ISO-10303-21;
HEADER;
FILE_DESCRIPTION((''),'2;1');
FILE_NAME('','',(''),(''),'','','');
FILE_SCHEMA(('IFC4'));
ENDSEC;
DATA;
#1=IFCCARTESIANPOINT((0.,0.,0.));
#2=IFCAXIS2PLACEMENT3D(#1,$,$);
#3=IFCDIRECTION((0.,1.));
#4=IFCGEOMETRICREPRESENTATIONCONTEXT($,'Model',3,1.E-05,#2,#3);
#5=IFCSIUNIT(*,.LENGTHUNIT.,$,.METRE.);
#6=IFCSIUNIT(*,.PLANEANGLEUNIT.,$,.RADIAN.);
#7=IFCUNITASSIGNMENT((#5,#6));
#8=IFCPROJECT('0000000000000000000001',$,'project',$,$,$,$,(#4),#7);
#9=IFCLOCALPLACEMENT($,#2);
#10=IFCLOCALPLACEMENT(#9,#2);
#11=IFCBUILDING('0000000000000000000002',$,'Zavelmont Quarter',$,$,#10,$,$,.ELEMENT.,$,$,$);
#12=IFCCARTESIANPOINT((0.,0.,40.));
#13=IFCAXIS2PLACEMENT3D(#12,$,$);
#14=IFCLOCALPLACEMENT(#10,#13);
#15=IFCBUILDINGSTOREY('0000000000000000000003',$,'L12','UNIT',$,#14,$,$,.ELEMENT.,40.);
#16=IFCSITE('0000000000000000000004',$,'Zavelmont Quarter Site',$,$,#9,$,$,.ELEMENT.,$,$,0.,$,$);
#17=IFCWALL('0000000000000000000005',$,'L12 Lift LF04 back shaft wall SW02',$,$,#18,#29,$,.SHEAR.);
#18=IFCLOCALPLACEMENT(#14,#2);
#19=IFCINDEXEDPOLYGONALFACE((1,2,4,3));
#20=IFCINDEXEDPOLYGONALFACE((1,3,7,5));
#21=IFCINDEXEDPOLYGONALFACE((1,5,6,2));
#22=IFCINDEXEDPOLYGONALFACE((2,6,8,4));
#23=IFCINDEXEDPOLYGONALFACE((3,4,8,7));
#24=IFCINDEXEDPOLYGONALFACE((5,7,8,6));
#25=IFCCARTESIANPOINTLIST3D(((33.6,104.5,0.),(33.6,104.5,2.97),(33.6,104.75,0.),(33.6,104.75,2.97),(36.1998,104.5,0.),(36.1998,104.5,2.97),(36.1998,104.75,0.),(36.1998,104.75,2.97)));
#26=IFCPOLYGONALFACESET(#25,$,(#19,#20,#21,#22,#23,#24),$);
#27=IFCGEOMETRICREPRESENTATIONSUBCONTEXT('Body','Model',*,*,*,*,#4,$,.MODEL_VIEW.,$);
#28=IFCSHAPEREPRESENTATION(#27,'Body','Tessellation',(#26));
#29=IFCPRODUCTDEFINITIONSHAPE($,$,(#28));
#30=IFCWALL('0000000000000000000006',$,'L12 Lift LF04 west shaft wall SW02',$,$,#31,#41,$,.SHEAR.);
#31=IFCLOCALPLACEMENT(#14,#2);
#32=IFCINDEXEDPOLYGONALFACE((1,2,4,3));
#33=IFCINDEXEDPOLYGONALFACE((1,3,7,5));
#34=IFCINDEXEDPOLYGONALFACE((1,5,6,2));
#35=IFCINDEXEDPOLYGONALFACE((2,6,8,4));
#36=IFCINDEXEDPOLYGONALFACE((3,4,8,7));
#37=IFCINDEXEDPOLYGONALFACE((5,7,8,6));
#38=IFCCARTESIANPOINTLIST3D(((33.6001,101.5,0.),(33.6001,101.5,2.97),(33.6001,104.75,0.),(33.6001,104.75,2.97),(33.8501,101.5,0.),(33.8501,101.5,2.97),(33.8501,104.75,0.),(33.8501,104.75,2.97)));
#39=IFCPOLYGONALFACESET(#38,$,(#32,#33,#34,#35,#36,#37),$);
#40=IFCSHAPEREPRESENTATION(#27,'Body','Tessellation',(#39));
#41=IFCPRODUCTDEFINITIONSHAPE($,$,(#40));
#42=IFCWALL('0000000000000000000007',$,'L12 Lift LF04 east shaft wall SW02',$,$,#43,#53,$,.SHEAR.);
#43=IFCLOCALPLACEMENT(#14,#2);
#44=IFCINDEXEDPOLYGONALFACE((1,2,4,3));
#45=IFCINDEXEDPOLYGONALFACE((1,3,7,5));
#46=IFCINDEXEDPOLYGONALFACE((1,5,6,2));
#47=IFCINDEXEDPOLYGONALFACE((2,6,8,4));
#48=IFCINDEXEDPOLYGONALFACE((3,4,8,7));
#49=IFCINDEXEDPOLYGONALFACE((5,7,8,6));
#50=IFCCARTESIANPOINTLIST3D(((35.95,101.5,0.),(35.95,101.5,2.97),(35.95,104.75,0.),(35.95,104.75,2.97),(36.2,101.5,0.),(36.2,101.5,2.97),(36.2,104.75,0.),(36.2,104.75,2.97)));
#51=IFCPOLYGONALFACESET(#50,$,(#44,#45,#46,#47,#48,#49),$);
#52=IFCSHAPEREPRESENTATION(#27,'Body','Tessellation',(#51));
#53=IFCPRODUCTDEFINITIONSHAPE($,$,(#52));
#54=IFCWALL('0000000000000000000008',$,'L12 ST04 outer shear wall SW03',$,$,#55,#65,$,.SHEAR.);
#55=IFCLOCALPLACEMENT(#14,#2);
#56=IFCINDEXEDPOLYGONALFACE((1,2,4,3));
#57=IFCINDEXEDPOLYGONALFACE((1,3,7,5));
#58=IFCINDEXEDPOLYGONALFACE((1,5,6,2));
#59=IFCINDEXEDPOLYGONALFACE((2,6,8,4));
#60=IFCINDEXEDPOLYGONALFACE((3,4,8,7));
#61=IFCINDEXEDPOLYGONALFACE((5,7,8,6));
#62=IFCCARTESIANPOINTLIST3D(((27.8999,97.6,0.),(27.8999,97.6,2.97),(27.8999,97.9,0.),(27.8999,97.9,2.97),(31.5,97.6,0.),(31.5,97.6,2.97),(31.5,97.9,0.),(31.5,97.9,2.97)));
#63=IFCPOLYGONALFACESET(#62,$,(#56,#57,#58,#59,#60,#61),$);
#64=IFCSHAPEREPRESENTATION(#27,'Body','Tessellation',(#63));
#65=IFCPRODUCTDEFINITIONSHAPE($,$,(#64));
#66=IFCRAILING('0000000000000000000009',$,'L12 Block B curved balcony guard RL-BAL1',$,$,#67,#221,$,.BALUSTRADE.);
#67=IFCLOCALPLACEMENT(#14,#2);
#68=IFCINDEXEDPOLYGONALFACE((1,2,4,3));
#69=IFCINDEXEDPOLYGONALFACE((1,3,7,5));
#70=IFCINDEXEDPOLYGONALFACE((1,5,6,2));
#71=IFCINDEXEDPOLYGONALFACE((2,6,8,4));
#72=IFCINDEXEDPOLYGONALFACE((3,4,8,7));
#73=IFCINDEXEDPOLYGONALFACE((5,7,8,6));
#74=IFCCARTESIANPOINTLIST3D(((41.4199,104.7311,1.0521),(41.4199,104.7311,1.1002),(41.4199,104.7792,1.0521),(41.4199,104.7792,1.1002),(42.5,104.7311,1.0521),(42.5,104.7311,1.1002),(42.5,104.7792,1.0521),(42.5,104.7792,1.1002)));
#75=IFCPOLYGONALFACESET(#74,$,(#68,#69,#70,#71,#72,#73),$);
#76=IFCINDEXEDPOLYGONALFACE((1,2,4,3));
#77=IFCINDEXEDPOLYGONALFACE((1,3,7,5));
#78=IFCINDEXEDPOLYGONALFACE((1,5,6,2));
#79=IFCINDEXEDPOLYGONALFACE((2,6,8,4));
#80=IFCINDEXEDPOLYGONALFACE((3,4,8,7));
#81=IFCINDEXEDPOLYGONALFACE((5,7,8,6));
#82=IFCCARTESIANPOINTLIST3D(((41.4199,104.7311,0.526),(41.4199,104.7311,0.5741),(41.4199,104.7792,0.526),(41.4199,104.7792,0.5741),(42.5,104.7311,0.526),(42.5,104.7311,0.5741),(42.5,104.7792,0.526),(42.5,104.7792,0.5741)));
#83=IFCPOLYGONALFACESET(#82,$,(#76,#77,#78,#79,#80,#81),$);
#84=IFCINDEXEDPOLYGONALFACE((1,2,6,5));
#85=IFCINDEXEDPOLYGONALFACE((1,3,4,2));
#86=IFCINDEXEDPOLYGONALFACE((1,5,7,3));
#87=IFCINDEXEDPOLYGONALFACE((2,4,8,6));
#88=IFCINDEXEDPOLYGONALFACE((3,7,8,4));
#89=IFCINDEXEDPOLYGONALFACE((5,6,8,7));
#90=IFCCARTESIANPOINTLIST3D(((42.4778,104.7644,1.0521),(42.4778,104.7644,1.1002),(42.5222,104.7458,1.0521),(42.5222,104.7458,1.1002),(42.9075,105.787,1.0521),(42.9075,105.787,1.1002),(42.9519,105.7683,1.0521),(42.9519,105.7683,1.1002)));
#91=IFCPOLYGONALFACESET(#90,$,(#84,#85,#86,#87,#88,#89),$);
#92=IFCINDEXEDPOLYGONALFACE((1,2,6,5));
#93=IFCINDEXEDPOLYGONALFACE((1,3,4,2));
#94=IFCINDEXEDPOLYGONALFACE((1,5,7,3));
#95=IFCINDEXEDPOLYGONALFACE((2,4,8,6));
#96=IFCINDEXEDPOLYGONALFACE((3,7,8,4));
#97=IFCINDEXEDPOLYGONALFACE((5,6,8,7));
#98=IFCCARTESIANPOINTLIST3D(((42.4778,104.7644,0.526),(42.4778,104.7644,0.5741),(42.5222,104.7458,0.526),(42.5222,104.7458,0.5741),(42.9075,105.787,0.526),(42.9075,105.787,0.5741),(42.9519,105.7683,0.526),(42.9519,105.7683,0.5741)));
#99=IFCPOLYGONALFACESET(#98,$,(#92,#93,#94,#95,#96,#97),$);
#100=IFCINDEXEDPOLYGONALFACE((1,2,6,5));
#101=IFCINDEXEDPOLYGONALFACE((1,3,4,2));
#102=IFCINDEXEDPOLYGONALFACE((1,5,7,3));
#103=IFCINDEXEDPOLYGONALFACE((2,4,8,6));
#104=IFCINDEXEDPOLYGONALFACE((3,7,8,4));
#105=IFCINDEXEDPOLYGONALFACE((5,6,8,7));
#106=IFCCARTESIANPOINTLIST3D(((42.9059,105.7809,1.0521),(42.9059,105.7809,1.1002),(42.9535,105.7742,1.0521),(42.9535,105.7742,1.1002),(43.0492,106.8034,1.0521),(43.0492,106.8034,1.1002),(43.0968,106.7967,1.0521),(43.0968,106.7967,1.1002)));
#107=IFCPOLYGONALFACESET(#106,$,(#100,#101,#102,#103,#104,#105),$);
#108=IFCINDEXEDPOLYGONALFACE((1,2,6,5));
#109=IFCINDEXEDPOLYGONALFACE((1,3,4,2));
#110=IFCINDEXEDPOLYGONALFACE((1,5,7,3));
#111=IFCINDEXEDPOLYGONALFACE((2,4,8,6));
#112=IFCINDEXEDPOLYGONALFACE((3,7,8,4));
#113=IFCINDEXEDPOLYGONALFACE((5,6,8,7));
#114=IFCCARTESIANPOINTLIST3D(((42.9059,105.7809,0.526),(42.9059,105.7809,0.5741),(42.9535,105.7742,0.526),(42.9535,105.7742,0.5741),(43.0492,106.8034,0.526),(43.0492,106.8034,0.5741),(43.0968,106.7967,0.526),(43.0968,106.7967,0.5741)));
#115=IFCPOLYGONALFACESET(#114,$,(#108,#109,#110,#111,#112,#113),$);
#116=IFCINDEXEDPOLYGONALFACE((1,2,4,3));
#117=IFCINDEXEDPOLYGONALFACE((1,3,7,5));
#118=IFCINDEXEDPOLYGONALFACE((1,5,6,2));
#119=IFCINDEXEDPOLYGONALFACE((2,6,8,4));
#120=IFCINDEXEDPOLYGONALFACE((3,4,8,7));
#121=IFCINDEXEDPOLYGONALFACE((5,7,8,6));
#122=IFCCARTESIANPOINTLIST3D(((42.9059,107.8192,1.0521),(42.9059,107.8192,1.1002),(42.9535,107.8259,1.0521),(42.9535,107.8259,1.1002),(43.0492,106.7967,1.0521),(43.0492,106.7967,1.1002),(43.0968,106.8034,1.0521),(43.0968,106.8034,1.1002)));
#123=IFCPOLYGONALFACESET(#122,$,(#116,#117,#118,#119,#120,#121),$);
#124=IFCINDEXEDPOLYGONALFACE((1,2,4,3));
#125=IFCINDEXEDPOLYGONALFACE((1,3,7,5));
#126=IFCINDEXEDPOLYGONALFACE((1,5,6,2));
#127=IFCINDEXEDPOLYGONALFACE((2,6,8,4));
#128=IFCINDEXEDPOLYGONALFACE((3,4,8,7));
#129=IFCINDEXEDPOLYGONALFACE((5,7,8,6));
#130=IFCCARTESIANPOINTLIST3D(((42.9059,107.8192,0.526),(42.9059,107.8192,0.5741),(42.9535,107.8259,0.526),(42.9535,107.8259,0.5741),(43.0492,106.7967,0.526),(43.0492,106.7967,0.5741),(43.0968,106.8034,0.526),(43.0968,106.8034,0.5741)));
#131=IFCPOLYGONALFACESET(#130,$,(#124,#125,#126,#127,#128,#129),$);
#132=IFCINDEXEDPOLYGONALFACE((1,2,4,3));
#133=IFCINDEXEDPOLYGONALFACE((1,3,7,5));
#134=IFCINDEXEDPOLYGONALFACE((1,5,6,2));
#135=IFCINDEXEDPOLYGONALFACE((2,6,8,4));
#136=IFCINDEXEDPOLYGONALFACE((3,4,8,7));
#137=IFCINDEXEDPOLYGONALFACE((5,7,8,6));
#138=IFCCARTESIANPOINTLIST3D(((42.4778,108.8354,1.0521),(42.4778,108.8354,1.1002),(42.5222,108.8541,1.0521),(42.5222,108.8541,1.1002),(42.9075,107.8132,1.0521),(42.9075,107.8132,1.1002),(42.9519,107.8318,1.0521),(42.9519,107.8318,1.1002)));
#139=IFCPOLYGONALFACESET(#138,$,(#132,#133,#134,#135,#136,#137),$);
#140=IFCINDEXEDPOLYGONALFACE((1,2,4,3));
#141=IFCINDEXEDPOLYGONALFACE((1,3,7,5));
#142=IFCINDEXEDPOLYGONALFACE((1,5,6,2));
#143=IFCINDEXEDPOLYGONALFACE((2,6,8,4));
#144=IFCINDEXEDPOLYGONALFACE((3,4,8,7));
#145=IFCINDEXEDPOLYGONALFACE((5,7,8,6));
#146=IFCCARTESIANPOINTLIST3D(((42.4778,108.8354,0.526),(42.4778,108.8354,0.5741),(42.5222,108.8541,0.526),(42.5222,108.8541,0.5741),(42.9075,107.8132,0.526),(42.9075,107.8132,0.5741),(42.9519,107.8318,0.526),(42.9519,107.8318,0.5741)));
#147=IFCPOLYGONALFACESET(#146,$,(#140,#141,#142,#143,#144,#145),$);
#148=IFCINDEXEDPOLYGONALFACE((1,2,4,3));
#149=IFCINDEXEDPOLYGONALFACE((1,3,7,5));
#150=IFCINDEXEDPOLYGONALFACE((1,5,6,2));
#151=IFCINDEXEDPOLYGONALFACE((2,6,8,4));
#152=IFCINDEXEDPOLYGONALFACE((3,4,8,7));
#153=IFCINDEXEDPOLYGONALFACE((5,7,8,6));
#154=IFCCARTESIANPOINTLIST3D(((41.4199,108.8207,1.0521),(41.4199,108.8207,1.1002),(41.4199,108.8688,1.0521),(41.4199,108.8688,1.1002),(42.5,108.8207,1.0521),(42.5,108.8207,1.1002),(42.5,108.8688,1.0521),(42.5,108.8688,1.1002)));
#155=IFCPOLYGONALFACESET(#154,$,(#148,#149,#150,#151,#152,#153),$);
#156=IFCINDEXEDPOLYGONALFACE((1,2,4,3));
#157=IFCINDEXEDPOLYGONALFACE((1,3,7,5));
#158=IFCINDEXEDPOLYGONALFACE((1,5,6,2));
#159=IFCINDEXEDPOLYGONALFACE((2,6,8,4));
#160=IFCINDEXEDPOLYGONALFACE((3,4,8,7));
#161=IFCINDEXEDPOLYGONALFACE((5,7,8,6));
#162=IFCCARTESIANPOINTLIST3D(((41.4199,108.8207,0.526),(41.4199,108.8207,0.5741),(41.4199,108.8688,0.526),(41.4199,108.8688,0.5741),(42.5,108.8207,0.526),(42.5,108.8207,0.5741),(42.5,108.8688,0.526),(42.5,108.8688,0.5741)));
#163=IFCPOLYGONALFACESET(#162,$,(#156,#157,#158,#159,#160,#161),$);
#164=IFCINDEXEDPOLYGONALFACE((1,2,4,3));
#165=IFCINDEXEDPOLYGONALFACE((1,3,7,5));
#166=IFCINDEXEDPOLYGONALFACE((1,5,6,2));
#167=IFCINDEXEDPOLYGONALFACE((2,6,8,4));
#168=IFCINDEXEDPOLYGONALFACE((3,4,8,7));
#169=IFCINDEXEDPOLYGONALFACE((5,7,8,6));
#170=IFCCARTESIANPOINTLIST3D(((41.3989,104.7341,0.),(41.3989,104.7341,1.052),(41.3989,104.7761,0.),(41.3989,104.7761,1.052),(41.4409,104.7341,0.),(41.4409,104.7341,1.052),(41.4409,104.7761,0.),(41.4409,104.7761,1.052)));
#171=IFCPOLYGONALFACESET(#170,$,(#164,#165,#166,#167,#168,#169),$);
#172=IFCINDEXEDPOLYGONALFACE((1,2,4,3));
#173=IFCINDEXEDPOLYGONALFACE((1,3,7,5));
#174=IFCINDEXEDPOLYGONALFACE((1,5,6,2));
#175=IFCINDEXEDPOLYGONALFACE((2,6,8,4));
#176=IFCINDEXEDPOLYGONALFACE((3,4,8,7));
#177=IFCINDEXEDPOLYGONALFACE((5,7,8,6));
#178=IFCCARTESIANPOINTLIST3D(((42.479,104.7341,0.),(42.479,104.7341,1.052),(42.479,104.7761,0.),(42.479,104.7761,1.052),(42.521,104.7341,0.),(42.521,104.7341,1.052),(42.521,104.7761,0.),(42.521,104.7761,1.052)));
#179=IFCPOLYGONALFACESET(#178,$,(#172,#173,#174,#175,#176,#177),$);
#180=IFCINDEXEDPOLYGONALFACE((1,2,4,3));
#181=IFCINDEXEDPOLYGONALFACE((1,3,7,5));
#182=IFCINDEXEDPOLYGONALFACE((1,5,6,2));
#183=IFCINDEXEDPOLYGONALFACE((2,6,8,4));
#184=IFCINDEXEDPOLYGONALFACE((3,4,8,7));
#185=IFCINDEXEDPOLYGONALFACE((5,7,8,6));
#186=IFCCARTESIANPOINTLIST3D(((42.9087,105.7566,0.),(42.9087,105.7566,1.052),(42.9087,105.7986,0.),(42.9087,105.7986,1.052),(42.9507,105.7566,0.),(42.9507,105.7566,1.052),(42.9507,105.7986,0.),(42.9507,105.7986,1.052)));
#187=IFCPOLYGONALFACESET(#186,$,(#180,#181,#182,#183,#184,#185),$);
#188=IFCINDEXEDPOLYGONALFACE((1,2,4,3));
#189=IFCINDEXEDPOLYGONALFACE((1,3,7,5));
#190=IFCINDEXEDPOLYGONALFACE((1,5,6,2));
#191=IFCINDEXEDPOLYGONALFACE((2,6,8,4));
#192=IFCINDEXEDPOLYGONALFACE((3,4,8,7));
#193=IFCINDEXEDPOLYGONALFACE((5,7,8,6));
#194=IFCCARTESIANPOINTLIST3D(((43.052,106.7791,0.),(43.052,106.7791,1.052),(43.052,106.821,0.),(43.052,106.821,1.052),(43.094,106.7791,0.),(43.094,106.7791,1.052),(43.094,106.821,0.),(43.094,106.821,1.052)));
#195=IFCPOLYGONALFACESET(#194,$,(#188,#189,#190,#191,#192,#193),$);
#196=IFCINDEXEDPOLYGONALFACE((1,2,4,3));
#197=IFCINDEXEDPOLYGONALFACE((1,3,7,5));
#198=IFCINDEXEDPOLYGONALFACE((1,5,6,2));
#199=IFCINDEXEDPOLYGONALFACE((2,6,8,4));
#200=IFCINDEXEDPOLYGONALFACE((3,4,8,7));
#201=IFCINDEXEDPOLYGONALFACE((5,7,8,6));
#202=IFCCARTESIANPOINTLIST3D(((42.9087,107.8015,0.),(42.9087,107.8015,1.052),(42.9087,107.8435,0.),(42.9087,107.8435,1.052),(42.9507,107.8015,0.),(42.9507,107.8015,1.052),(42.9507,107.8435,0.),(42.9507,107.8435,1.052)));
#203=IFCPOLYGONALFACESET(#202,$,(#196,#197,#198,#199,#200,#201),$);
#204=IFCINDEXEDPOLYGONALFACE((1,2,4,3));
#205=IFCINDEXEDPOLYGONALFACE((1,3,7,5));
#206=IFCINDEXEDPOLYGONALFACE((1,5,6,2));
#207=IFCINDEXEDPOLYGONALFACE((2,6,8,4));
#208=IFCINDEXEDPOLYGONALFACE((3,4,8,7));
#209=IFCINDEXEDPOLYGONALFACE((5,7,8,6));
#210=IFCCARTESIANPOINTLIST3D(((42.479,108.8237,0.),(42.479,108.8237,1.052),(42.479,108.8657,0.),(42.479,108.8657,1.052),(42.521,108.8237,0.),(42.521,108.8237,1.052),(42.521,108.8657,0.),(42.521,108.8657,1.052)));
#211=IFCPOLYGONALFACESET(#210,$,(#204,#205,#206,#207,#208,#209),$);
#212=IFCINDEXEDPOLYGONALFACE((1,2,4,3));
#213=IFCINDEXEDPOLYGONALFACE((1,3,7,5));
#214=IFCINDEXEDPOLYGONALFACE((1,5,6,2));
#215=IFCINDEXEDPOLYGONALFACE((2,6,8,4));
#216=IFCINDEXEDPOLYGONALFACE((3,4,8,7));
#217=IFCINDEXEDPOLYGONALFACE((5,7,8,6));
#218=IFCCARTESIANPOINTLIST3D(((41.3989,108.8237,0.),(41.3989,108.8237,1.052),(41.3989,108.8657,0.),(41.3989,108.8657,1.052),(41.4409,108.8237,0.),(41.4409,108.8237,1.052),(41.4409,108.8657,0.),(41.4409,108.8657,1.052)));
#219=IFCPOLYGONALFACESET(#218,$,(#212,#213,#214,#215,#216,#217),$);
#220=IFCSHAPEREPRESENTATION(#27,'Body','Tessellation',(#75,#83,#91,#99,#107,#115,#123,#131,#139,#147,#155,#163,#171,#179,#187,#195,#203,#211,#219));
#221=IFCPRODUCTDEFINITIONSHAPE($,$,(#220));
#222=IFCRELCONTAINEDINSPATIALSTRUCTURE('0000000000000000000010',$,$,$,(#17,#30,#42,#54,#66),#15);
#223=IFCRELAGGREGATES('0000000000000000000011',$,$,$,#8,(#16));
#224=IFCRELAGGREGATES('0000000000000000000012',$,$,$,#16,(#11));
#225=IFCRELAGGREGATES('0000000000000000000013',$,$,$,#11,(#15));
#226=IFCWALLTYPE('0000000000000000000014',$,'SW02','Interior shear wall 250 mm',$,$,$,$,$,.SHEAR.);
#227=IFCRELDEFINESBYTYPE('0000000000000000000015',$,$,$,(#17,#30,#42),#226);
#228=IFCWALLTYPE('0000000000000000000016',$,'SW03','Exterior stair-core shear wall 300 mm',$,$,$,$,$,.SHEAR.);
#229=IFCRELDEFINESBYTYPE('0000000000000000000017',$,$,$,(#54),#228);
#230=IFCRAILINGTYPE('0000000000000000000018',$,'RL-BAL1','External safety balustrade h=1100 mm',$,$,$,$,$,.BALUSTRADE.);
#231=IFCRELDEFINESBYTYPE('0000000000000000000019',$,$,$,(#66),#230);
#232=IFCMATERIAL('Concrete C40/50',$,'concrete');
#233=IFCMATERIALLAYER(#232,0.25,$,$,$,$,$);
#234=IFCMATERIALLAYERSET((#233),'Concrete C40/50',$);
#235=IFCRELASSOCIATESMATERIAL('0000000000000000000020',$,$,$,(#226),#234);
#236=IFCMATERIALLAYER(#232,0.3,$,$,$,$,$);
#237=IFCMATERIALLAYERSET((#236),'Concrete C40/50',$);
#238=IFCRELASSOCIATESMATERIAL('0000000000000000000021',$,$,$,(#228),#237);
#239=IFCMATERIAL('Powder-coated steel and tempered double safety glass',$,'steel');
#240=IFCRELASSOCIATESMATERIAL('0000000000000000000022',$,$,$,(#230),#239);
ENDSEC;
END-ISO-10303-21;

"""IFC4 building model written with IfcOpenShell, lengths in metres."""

from ifc_helpers import new_model, si_unit, direction, frame, frame_2d, origin, origin_2d, place, context, subcontext, project, spatial, rectangle, extrude, material, layer, layer_set, type_object, element, save


model = new_model("IFC4")

# Units and contexts
model_context = context("Model", 3, precision=1e-05, world=origin(), true_north=direction((0.0, 1.0)))
body_context = subcontext(model_context, "Body", "Model", "MODEL_VIEW")
ifc_project = project(units=[si_unit("LENGTHUNIT", "METRE"), si_unit("PLANEANGLEUNIT", "RADIAN")], contexts=[model_context])

# Site, building, storey
site_placement = place(None, origin())
site = spatial("IfcSite", under=ifc_project, at=site_placement, Name="Zavelmont Quarter Site", CompositionType="ELEMENT", RefElevation=0.0)
building_placement = place(site_placement, origin())
building = spatial("IfcBuilding", under=site, at=building_placement, Name="Zavelmont Quarter", CompositionType="ELEMENT")
storey_placement = place(building_placement, frame((0.0, 0.0, 40.0)))
storey = spatial("IfcBuildingStorey", under=building, at=storey_placement, Name="L12", Description="UNIT", CompositionType="ELEMENT", Elevation=40.0)

# Shared definitions
ifc_material_1 = material(Name="Concrete C40/50", Category="concrete")

# Shared definitions
ifc_layer_1 = layer(ifc_material_1, 0.25)
ifc_layer_set_1 = layer_set([ifc_layer_1], Name="Concrete C40/50")
wall_type_1 = type_object("IfcWallType", Name="SW02", Description="Interior shear wall 250 mm", PredefinedType="SHEAR", material=ifc_layer_set_1)

# Walls
wall_1_placement = place(storey_placement, frame((33.6001, 104.625, 0.0), z_axis=(0.0, 0.0, 1.0), x_axis=(1.0, 0.0, 0.0)))
element("IfcWall", 1, at=wall_1_placement, inside=storey, type_object=wall_type_1, Name="L12 Lift LF04 back shaft wall SW02", PredefinedType="SHEAR", context=body_context, shape_type="SweptSolid", body=[
    extrude(rectangle(XDim=2.5999, YDim=0.25, at=frame_2d((1.2998, 0.0))), origin(), (0.0, 0.0, 1.0), 2.97),
])
for number, where, z_axis, x_axis, name in (
    (2, (33.7251, 101.5, 0.0), (0.0, 0.0, 1.0), (0.0, 1.0, 0.0), "L12 Lift LF04 west shaft wall SW02"),
    (3, (36.075, 101.5, 0.0), (0.0, 0.0, 1.0), (0.0, 1.0, 0.0), "L12 Lift LF04 east shaft wall SW02"),
):
    element("IfcWall", number, at=place(storey_placement, frame(where, z_axis=z_axis, x_axis=x_axis)), inside=storey, type_object=wall_type_1, Name=name, PredefinedType="SHEAR", context=body_context, shape_type="SweptSolid", body=[
        extrude(rectangle(XDim=3.25, YDim=0.25, at=frame_2d((1.625, 0.0))), origin(), (0.0, 0.0, 1.0), 2.97),
    ])
ifc_layer_2 = layer(ifc_material_1, 0.3)
ifc_layer_set_2 = layer_set([ifc_layer_2], Name="Concrete C40/50")
wall_type_2 = type_object("IfcWallType", Name="SW03", Description="Exterior stair-core shear wall 300 mm", PredefinedType="SHEAR", material=ifc_layer_set_2)
wall_2_placement = place(storey_placement, frame((27.8999, 97.75, 0.0), z_axis=(0.0, 0.0, 1.0), x_axis=(1.0, 0.0, 0.0)))
element("IfcWall", 4, at=wall_2_placement, inside=storey, type_object=wall_type_2, Name="L12 ST04 outer shear wall SW03", PredefinedType="SHEAR", context=body_context, shape_type="SweptSolid", body=[
    extrude(rectangle(XDim=3.6001, YDim=0.3, at=frame_2d((1.8, 0.0))), origin(), (0.0, 0.0, 1.0), 2.97),
])

# Railing
ifc_material_2 = material(Name="Powder-coated steel and tempered double safety glass", Category="steel")
railing_type_1 = type_object("IfcRailingType", Name="RL-BAL1", Description="External safety balustrade h=1100 mm", PredefinedType="BALUSTRADE", material=ifc_material_2)
railing_1_placement = place(storey_placement, frame((41.4199, 104.7551, 0.0)))
element("IfcRailing", 5, at=railing_1_placement, inside=storey, type_object=railing_type_1, Name="L12 Block B curved balcony guard RL-BAL1", PredefinedType="BALUSTRADE", context=body_context, shape_type="SweptSolid", body=[
    extrude(rectangle(XDim=0.0481, YDim=0.0481, at=origin_2d()), frame((0.0, 0.0, 1.0762), z_axis=(1.0, 0.0, 0.0), x_axis=(0.0, 1.0, 0.0)), (0.0, 0.0, 1.0), 1.0801),
    extrude(rectangle(XDim=0.0481, YDim=0.0481, at=origin_2d()), frame((0.0, 0.0, 0.55), z_axis=(1.0, 0.0, 0.0), x_axis=(0.0, 1.0, 0.0)), (0.0, 0.0, 1.0), 1.0801),
    extrude(rectangle(XDim=0.0481, YDim=0.0481, at=origin_2d()), frame((1.0801, 0.0, 1.0762), z_axis=(0.387427, 0.9219, 0.0), x_axis=(-0.9219, 0.387427, 0.0)), (0.0, 0.0, 1.0), 1.1091),
    extrude(rectangle(XDim=0.0481, YDim=0.0481, at=origin_2d()), frame((1.0801, 0.0, 0.55), z_axis=(0.387427, 0.9219, 0.0), x_axis=(-0.9219, 0.387427, 0.0)), (0.0, 0.0, 1.0), 1.1091),
    extrude(rectangle(XDim=0.0481, YDim=0.0481, at=origin_2d()), frame((1.5098, 1.0225, 1.0762), z_axis=(0.138806, 0.99032, 0.0), x_axis=(-0.99032, 0.138806, 0.0)), (0.0, 0.0, 1.0), 1.0325),
    extrude(rectangle(XDim=0.0481, YDim=0.0481, at=origin_2d()), frame((1.5098, 1.0225, 0.55), z_axis=(0.138806, 0.99032, 0.0), x_axis=(-0.99032, 0.138806, 0.0)), (0.0, 0.0, 1.0), 1.0325),
    extrude(rectangle(XDim=0.0481, YDim=0.0481, at=origin_2d()), frame((1.6531, 2.0449, 1.0762), z_axis=(-0.138806, 0.99032, 0.0), x_axis=(-0.99032, -0.138806, 0.0)), (0.0, 0.0, 1.0), 1.0325),
    extrude(rectangle(XDim=0.0481, YDim=0.0481, at=origin_2d()), frame((1.6531, 2.0449, 0.55), z_axis=(-0.138806, 0.99032, 0.0), x_axis=(-0.99032, -0.138806, 0.0)), (0.0, 0.0, 1.0), 1.0325),
    extrude(rectangle(XDim=0.0481, YDim=0.0481, at=origin_2d()), frame((1.5098, 3.0674, 1.0762), z_axis=(-0.387506, 0.921867, 0.0), x_axis=(-0.921867, -0.387506, 0.0)), (0.0, 0.0, 1.0), 1.1089),
    extrude(rectangle(XDim=0.0481, YDim=0.0481, at=origin_2d()), frame((1.5098, 3.0674, 0.55), z_axis=(-0.387506, 0.921867, 0.0), x_axis=(-0.921867, -0.387506, 0.0)), (0.0, 0.0, 1.0), 1.1089),
    extrude(rectangle(XDim=0.0481, YDim=0.0481, at=origin_2d()), frame((1.0801, 4.0896, 1.0762), z_axis=(-1.0, 0.0, 0.0), x_axis=(0.0, -1.0, 0.0)), (0.0, 0.0, 1.0), 1.0801),
    extrude(rectangle(XDim=0.0481, YDim=0.0481, at=origin_2d()), frame((1.0801, 4.0896, 0.55), z_axis=(-1.0, 0.0, 0.0), x_axis=(0.0, -1.0, 0.0)), (0.0, 0.0, 1.0), 1.0801),
    extrude(rectangle(XDim=0.042, YDim=0.042, at=origin_2d()), origin(), (0.0, 0.0, 1.0), 1.052),
    extrude(rectangle(XDim=0.042, YDim=0.042, at=origin_2d()), frame((1.0801, 0.0, 0.0)), (0.0, 0.0, 1.0), 1.052),
    extrude(rectangle(XDim=0.042, YDim=0.042, at=origin_2d()), frame((1.5098, 1.0225, 0.0)), (0.0, 0.0, 1.0), 1.052),
    extrude(rectangle(XDim=0.042, YDim=0.042, at=origin_2d()), frame((1.6531, 2.0449, 0.0)), (0.0, 0.0, 1.0), 1.052),
    extrude(rectangle(XDim=0.042, YDim=0.042, at=origin_2d()), frame((1.5098, 3.0674, 0.0)), (0.0, 0.0, 1.0), 1.052),
    extrude(rectangle(XDim=0.042, YDim=0.042, at=origin_2d()), frame((1.0801, 4.0896, 0.0)), (0.0, 0.0, 1.0), 1.052),
    extrude(rectangle(XDim=0.042, YDim=0.042, at=origin_2d()), frame((0.0, 4.0896, 0.0)), (0.0, 0.0, 1.0), 1.052),
])

save(model, "model.ifc")
